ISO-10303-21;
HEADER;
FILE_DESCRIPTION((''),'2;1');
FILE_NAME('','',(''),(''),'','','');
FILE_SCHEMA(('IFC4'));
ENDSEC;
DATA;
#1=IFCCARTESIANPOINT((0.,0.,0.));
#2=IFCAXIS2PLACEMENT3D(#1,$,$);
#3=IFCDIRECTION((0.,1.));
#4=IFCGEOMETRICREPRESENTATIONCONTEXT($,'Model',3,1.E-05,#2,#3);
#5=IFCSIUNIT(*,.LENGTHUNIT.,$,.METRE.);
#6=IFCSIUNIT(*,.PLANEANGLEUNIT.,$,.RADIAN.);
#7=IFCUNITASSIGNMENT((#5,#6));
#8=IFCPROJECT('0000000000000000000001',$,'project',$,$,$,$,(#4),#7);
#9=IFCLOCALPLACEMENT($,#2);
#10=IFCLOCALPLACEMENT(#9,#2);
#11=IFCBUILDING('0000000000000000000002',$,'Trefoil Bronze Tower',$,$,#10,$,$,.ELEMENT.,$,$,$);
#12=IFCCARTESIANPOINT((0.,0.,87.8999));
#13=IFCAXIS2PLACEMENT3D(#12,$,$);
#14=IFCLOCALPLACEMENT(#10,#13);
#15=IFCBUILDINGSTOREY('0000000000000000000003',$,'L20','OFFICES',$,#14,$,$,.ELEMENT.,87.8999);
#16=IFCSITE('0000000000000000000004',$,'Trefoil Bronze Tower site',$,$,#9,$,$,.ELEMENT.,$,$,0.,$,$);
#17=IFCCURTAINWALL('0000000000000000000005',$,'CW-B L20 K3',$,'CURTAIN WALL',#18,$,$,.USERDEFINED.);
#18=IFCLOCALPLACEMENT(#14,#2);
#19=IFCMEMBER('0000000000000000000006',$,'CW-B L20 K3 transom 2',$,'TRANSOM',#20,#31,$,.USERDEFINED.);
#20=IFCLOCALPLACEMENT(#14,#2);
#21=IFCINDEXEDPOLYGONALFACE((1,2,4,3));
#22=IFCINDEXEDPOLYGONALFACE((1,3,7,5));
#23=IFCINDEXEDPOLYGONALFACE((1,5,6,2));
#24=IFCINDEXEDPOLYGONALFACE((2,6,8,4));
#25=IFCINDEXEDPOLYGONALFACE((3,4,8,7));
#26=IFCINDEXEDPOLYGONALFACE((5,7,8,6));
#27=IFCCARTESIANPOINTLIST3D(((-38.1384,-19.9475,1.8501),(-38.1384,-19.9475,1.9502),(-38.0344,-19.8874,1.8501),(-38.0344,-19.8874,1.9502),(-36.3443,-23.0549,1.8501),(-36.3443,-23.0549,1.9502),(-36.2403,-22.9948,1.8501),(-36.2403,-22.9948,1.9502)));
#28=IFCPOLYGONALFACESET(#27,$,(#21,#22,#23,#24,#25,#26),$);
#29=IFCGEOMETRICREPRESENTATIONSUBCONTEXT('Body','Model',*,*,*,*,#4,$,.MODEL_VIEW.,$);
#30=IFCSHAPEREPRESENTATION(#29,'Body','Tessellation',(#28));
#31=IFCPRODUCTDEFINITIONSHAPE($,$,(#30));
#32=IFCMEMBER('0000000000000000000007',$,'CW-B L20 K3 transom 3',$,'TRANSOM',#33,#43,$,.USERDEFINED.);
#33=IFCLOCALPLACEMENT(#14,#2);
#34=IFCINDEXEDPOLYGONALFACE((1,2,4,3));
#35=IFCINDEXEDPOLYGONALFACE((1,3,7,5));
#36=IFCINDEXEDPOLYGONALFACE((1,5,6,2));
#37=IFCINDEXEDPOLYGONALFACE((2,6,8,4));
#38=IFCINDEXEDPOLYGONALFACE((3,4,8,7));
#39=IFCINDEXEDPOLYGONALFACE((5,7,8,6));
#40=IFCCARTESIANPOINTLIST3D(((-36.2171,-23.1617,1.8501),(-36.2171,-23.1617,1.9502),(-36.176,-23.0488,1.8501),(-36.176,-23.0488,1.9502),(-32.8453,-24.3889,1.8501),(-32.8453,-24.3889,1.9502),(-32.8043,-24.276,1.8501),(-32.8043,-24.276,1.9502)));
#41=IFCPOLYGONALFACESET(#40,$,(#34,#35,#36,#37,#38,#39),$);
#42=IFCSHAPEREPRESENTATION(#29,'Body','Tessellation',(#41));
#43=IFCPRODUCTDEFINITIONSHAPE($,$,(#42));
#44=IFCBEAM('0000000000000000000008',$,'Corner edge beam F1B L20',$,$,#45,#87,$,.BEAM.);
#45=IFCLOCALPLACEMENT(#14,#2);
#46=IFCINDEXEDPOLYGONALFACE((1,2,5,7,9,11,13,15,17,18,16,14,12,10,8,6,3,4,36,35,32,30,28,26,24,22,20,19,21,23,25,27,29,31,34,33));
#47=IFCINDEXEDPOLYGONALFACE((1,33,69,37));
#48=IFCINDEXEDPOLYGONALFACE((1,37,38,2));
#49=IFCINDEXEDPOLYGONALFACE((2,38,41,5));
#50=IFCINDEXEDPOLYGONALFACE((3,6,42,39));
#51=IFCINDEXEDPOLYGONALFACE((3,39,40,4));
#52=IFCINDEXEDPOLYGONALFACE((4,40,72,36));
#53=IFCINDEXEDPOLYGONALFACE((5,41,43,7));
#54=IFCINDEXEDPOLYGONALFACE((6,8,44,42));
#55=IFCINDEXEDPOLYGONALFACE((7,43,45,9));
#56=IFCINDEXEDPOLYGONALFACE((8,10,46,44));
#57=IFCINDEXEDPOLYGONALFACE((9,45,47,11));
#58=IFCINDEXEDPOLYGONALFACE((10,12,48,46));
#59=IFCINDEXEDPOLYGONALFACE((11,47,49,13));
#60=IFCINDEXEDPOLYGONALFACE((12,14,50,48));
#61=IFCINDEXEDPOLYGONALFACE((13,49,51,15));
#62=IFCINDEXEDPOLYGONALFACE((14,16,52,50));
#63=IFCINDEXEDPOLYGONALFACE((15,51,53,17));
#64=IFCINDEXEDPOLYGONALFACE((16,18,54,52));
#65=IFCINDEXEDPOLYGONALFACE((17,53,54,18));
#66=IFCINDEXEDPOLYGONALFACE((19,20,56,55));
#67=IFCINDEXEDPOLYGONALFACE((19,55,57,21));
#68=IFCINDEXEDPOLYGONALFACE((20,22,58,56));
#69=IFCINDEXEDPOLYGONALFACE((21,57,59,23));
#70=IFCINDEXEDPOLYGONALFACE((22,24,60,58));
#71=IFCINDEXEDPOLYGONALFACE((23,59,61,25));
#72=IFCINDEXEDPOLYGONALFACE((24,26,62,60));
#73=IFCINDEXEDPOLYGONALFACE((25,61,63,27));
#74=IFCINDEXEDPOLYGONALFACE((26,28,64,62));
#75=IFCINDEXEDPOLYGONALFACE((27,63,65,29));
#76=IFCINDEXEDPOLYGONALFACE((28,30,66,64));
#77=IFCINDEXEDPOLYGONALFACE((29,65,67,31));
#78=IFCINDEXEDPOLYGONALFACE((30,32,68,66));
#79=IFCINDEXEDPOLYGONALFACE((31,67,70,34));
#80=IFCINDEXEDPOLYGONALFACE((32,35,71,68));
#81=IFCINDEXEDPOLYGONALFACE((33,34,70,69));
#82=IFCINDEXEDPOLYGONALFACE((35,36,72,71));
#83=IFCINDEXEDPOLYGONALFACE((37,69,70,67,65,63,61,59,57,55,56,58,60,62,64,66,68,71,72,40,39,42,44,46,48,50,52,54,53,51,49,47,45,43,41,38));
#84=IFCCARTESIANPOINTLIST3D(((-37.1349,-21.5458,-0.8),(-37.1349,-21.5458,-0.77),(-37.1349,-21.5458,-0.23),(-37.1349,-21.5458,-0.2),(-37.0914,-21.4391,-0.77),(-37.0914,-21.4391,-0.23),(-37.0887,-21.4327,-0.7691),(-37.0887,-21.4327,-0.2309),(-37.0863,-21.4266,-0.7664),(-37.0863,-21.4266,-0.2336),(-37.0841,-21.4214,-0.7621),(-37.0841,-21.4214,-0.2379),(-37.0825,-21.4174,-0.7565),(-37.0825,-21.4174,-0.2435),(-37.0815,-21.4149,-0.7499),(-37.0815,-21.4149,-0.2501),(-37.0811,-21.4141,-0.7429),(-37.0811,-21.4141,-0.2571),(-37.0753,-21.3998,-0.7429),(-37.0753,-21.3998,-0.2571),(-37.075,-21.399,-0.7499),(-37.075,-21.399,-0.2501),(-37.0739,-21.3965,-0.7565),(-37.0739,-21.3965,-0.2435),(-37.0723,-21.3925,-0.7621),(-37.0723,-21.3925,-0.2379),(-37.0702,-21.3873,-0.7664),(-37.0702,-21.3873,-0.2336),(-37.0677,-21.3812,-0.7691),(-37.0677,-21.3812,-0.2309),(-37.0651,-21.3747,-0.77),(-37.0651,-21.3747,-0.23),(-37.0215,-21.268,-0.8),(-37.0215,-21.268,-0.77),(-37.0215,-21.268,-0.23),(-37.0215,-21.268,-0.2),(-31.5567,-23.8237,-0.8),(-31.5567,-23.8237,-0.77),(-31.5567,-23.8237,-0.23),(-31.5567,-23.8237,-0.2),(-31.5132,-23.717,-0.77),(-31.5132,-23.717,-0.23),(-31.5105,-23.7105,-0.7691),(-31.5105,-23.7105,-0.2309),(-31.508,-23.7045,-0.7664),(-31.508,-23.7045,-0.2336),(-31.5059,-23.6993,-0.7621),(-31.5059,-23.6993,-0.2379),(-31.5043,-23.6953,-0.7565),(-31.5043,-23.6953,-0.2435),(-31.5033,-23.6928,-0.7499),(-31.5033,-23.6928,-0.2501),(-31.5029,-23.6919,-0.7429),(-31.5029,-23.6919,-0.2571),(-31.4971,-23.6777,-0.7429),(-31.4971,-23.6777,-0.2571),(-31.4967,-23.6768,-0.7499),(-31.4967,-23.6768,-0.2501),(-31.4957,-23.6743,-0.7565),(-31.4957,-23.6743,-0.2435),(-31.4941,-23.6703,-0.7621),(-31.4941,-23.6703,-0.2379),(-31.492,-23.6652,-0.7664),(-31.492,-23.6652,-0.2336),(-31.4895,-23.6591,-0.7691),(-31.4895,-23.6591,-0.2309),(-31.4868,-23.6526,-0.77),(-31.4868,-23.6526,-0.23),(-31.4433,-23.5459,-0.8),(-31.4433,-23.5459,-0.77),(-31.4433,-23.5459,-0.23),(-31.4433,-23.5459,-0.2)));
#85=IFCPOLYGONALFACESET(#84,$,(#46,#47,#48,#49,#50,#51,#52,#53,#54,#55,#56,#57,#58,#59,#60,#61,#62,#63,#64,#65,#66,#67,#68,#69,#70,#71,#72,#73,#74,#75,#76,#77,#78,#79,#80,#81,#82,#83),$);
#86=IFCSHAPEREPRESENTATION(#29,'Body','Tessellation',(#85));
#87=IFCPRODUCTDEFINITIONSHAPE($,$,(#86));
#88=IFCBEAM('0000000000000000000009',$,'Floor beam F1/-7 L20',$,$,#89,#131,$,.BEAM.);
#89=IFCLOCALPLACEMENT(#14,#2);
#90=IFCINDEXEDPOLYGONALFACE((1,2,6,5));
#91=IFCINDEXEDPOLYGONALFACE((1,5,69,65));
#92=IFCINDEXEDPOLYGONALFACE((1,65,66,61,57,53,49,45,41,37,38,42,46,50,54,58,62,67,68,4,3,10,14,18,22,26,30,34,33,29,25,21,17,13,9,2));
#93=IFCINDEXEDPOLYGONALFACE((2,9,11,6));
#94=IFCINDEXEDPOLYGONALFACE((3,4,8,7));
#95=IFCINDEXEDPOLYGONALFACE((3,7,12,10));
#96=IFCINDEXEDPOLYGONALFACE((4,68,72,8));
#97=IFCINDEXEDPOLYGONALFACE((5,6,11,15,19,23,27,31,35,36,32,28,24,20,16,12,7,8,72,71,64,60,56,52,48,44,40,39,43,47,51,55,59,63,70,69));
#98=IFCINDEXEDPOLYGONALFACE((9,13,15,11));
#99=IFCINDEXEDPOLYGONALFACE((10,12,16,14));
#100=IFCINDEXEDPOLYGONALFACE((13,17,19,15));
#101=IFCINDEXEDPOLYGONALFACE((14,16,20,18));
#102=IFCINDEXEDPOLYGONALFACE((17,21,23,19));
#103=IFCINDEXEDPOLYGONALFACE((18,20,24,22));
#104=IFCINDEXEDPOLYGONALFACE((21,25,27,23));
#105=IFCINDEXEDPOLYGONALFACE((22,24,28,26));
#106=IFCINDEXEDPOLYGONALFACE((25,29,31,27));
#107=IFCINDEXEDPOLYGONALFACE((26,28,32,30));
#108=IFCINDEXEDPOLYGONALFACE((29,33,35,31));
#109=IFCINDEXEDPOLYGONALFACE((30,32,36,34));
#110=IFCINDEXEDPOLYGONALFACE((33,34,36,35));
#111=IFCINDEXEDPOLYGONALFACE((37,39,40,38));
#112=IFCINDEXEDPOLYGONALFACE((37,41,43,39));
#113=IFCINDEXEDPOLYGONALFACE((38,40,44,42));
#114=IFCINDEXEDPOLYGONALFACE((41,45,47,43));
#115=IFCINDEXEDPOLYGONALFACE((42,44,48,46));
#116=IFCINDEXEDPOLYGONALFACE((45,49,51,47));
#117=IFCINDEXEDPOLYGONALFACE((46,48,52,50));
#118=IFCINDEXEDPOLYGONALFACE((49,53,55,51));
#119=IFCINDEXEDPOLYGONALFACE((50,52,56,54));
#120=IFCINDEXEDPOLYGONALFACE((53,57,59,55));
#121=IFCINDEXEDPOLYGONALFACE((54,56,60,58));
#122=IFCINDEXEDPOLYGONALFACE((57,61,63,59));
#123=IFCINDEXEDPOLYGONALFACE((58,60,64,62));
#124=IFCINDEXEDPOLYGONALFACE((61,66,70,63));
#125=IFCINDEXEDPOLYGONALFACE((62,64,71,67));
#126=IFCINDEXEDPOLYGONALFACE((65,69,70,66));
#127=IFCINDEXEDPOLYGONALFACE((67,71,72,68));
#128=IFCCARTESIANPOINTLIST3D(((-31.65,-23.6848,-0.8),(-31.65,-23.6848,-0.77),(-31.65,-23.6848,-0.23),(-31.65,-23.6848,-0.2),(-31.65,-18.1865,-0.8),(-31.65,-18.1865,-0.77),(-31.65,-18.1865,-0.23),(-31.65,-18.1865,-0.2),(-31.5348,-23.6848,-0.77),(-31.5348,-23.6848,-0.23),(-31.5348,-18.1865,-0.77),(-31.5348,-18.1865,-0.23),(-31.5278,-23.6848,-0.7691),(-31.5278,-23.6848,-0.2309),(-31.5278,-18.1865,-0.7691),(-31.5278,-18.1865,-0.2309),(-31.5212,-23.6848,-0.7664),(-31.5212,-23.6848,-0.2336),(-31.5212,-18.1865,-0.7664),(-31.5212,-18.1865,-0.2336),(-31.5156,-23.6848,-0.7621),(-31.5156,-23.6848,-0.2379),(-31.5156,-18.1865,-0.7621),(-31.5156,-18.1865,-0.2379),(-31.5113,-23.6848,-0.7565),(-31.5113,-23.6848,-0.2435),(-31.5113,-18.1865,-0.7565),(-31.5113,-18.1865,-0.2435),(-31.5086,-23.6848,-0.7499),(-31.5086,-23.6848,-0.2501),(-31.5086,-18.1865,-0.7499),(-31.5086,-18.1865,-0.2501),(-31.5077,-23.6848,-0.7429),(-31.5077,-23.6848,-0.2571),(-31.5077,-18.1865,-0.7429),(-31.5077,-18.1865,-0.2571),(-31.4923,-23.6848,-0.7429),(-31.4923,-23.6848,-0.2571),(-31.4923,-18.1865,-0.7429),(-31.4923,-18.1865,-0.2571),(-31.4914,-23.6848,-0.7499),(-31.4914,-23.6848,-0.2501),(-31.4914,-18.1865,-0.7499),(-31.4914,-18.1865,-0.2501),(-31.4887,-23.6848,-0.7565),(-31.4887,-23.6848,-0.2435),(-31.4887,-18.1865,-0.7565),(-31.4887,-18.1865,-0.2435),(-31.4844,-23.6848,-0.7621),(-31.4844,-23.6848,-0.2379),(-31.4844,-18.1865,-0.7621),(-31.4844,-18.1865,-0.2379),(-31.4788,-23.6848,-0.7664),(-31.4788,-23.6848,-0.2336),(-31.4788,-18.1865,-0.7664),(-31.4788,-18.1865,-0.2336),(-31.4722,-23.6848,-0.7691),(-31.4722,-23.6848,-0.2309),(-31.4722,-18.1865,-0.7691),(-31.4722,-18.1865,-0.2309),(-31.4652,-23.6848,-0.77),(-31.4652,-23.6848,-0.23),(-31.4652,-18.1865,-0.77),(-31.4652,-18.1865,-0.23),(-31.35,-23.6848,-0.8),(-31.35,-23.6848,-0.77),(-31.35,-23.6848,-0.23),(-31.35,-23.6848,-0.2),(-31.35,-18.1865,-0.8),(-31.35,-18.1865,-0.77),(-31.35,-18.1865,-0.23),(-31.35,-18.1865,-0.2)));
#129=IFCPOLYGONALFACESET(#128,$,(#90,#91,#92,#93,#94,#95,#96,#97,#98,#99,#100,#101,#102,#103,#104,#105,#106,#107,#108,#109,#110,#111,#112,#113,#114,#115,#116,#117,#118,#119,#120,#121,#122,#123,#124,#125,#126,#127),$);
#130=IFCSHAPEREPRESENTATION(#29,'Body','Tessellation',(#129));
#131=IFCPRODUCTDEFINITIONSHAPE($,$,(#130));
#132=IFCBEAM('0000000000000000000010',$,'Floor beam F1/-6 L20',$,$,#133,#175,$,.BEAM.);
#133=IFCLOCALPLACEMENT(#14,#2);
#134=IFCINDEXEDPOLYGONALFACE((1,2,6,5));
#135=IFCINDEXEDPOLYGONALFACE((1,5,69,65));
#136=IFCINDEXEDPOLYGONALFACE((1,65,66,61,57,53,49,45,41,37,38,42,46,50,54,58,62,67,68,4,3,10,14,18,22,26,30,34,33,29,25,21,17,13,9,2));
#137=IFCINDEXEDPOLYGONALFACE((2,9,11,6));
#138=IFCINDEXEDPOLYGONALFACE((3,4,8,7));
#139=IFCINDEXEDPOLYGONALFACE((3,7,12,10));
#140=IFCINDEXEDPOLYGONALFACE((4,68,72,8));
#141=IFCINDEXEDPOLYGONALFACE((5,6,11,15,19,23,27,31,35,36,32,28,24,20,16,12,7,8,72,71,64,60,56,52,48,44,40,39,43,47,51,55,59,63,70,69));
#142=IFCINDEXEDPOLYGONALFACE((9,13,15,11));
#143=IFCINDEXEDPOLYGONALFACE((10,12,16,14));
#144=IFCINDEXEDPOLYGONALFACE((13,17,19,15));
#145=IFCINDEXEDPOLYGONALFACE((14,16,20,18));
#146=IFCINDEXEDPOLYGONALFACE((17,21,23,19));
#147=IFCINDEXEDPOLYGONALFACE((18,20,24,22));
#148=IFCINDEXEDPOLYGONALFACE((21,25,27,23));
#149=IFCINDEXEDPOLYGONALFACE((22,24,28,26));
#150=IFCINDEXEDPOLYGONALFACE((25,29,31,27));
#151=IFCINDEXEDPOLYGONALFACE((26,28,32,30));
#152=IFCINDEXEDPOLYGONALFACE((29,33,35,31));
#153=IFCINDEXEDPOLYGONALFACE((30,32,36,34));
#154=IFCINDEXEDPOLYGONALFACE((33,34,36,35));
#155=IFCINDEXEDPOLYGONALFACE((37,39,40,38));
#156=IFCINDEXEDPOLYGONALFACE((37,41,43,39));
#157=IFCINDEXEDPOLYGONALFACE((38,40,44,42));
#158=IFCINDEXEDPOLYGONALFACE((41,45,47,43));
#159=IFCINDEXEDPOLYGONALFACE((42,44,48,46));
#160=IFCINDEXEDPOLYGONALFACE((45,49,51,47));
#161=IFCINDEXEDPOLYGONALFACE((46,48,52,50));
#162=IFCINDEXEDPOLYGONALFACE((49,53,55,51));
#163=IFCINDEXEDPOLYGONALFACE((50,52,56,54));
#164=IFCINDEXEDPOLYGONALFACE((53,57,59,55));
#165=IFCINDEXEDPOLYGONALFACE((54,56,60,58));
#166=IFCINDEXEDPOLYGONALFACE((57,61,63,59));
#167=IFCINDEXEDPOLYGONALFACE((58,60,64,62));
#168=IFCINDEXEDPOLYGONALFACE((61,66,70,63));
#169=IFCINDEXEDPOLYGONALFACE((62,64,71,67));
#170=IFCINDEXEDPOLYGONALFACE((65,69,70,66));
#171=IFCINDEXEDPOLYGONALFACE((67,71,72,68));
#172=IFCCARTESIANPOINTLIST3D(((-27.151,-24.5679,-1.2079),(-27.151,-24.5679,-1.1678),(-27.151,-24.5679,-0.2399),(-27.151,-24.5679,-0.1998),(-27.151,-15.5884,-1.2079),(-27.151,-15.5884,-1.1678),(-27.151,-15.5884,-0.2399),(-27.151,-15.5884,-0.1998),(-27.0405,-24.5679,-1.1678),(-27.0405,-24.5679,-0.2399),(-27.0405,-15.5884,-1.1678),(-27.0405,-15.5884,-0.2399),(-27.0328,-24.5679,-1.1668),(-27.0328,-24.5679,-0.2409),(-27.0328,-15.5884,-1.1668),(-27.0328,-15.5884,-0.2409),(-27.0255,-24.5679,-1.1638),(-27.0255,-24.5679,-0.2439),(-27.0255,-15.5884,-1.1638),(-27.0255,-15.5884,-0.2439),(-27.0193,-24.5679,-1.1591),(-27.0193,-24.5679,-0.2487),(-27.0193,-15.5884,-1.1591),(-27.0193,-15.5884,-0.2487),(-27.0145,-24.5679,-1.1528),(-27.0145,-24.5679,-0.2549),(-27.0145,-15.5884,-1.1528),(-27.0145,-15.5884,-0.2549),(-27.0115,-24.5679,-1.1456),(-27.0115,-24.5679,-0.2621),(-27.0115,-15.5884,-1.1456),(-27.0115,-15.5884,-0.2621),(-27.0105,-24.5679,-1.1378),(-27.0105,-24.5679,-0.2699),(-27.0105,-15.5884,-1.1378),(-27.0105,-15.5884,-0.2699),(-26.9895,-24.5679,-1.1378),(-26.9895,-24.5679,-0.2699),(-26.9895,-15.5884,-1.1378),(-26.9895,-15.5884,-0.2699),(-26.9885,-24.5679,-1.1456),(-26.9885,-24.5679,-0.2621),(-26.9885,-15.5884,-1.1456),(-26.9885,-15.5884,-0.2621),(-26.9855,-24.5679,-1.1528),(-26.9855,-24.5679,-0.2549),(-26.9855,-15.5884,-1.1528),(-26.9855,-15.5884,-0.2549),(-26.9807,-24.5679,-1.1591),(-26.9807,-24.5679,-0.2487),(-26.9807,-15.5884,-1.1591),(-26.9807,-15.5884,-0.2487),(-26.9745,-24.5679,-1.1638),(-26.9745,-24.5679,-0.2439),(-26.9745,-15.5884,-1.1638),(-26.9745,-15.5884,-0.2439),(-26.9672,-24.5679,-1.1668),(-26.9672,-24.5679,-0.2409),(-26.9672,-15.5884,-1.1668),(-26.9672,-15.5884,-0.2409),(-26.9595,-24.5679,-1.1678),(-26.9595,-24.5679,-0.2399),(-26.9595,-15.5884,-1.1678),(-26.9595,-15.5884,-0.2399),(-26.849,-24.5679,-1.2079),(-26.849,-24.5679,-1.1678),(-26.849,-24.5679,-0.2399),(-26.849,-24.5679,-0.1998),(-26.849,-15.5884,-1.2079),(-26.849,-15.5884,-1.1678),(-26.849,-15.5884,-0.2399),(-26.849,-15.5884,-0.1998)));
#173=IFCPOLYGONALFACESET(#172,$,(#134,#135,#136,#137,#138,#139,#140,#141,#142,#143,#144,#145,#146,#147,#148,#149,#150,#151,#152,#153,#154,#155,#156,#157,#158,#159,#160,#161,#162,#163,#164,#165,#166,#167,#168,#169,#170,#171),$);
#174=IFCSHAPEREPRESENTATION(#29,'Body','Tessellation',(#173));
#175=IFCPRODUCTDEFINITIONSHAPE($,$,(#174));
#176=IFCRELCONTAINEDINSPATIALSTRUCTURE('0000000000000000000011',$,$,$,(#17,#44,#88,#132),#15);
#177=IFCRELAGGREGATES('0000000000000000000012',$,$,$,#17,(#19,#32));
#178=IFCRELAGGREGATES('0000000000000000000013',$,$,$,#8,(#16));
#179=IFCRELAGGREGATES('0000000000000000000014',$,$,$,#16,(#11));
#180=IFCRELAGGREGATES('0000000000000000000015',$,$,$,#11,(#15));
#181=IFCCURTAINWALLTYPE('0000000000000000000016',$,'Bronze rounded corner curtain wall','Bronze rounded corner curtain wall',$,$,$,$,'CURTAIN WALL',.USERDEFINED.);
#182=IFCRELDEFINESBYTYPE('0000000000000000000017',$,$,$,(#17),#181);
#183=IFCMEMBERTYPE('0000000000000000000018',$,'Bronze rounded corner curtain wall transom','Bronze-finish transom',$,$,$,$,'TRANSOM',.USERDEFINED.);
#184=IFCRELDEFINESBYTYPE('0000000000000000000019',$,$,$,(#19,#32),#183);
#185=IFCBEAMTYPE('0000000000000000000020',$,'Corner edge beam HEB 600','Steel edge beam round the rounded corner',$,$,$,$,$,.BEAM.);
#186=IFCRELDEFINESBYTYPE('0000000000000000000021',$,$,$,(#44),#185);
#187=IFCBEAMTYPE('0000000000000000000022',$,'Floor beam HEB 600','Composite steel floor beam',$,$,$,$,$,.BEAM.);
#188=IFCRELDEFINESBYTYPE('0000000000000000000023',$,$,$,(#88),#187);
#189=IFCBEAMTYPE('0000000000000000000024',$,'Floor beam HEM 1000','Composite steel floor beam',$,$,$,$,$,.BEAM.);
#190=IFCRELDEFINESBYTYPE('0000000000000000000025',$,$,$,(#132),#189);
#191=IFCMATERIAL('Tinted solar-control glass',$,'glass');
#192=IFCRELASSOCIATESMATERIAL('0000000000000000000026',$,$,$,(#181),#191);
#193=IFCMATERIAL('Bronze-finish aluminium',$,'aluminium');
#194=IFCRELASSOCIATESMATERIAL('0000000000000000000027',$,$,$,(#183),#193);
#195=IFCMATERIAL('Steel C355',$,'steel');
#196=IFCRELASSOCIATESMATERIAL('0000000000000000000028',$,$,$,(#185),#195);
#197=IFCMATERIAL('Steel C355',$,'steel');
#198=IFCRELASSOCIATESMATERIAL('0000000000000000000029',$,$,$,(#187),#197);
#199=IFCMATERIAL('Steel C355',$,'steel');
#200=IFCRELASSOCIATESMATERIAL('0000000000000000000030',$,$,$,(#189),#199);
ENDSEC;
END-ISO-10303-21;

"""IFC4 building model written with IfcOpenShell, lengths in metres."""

from ifc_helpers import new_model, si_unit, direction, frame, origin, origin_2d, place, context, subcontext, project, spatial, rectangle, i_section, extrude, material, material_profile, profile_set, type_object, element, aggregate, save


model = new_model("IFC4")

# Units and contexts
model_context = context("Model", 3, precision=1e-05, world=origin(), true_north=direction((0.0, 1.0)))
body_context = subcontext(model_context, "Body", "Model", "MODEL_VIEW")
ifc_project = project(units=[si_unit("LENGTHUNIT", "METRE"), si_unit("PLANEANGLEUNIT", "RADIAN")], contexts=[model_context])

# Site, building, storey
site_placement = place(None, origin())
site = spatial("IfcSite", under=ifc_project, at=site_placement, Name="Trefoil Bronze Tower site", CompositionType="ELEMENT", RefElevation=0.0)
building_placement = place(site_placement, origin())
building = spatial("IfcBuilding", under=site, at=building_placement, Name="Trefoil Bronze Tower", CompositionType="ELEMENT")
storey_placement = place(building_placement, frame((0.0, 0.0, 87.8999)))
storey = spatial("IfcBuildingStorey", under=building, at=storey_placement, Name="L20", Description="OFFICES", CompositionType="ELEMENT", Elevation=87.8999)

# Curtain wall, members
ifc_material_1 = material(Name="Tinted solar-control glass", Category="glass")
curtain_wall_type_1 = type_object("IfcCurtainWallType", Name="Bronze rounded corner curtain wall", Description="Bronze rounded corner curtain wall", ElementType="CURTAIN WALL", PredefinedType="USERDEFINED", material=ifc_material_1)
curtain_wall_1_placement = place(storey_placement, origin())
curtain_wall_1 = element("IfcCurtainWall", 1, at=curtain_wall_1_placement, inside=storey, type_object=curtain_wall_type_1, Name="CW-B L20 K3", ObjectType="CURTAIN WALL", PredefinedType="USERDEFINED")
ifc_material_2 = material(Name="Bronze-finish aluminium", Category="aluminium")
ifc_material_profile_1 = material_profile(ifc_material_2, rectangle(XDim=0.1201, YDim=0.1001, at=origin_2d()), Name="CW-B transom")
ifc_profile_set_1 = profile_set([ifc_material_profile_1], Name="Bronze-finish aluminium")
member_type_1 = type_object("IfcMemberType", Name="Bronze rounded corner curtain wall transom", Description="Bronze-finish transom", ElementType="TRANSOM", PredefinedType="USERDEFINED", material=ifc_profile_set_1)
member_1_placement = place(storey_placement, frame((-38.0864, -19.9175, 1.9001), z_axis=(0.500025, -0.866011, 0.0), x_axis=(0.866011, 0.500025, 0.0)))
member_1 = element("IfcMember", 2, at=member_1_placement, type_object=member_type_1, Name="CW-B L20 K3 transom 2", ObjectType="TRANSOM", PredefinedType="USERDEFINED", context=body_context, shape_type="SweptSolid", body=[
    extrude(rectangle(XDim=0.1201, YDim=0.1001, at=origin_2d()), origin(), (0.0, 0.0, 1.0), 3.5881),
])
member_2_placement = place(storey_placement, frame((-36.1965, -23.1052, 1.9001), z_axis=(0.939688, -0.342033, 0.0), x_axis=(0.342033, 0.939688, 0.0)))
member_2 = element("IfcMember", 3, at=member_2_placement, type_object=member_type_1, Name="CW-B L20 K3 transom 3", ObjectType="TRANSOM", PredefinedType="USERDEFINED", context=body_context, shape_type="SweptSolid", body=[
    extrude(rectangle(XDim=0.1201, YDim=0.1001, at=origin_2d()), origin(), (0.0, 0.0, 1.0), 3.5881),
])

# Beams
ifc_material_3 = material(Name="Steel C355", Category="steel")
ifc_material_profile_2 = material_profile(ifc_material_3, i_section(OverallWidth=0.3, OverallDepth=0.6001, WebThickness=0.0154, FlangeThickness=0.03, FilletRadius=0.0271, at=origin_2d()), Name="HEB 600")
ifc_profile_set_2 = profile_set([ifc_material_profile_2], Name="Steel C355")
beam_type_1 = type_object("IfcBeamType", Name="Corner edge beam HEB 600", Description="Steel edge beam round the rounded corner", PredefinedType="BEAM", material=ifc_profile_set_2)
beam_1_placement = place(storey_placement, frame((-31.5, -23.6848, -0.5), z_axis=(-0.925787, 0.378046, 0.0), x_axis=(-0.378046, -0.925787, 0.0)))
element("IfcBeam", 4, at=beam_1_placement, inside=storey, type_object=beam_type_1, Name="Corner edge beam F1B L20", PredefinedType="BEAM", context=body_context, shape_type="SweptSolid", body=[
    extrude(i_section(OverallWidth=0.3, OverallDepth=0.6001, WebThickness=0.0154, FlangeThickness=0.03, FilletRadius=0.0271, at=origin_2d()), origin(), (0.0, 0.0, 1.0), 6.0254),
])
ifc_material_4 = material(Name="Steel C355", Category="steel")
ifc_material_profile_3 = material_profile(ifc_material_4, i_section(OverallWidth=0.3, OverallDepth=0.6001, WebThickness=0.0154, FlangeThickness=0.03, FilletRadius=0.0271, at=origin_2d()), Name="HEB 600")
ifc_profile_set_3 = profile_set([ifc_material_profile_3], Name="Steel C355")
beam_type_2 = type_object("IfcBeamType", Name="Floor beam HEB 600", Description="Composite steel floor beam", PredefinedType="BEAM", material=ifc_profile_set_3)
beam_2_placement = place(storey_placement, frame((-31.5, -23.6848, -0.5), z_axis=(0.0, 1.0, 0.0), x_axis=(-1.0, 0.0, 0.0)))
element("IfcBeam", 5, at=beam_2_placement, inside=storey, type_object=beam_type_2, Name="Floor beam F1/-7 L20", PredefinedType="BEAM", context=body_context, shape_type="SweptSolid", body=[
    extrude(i_section(OverallWidth=0.3, OverallDepth=0.6001, WebThickness=0.0154, FlangeThickness=0.03, FilletRadius=0.0271, at=origin_2d()), origin(), (0.0, 0.0, 1.0), 5.4983),
])
ifc_material_5 = material(Name="Steel C355", Category="steel")
ifc_material_profile_4 = material_profile(ifc_material_5, i_section(OverallWidth=0.302, OverallDepth=1.0081, WebThickness=0.021, FlangeThickness=0.04, FilletRadius=0.03, at=origin_2d()), Name="HEM 1000")
ifc_profile_set_4 = profile_set([ifc_material_profile_4], Name="Steel C355")
beam_type_3 = type_object("IfcBeamType", Name="Floor beam HEM 1000", Description="Composite steel floor beam", PredefinedType="BEAM", material=ifc_profile_set_4)
beam_3_placement = place(storey_placement, frame((-27.0, -24.5679, -0.7039), z_axis=(0.0, 1.0, 0.0), x_axis=(-1.0, 0.0, 0.0)))
element("IfcBeam", 6, at=beam_3_placement, inside=storey, type_object=beam_type_3, Name="Floor beam F1/-6 L20", PredefinedType="BEAM", context=body_context, shape_type="SweptSolid", body=[
    extrude(i_section(OverallWidth=0.302, OverallDepth=1.0081, WebThickness=0.021, FlangeThickness=0.04, FilletRadius=0.03, at=origin_2d()), origin(), (0.0, 0.0, 1.0), 8.9795),
])

aggregate(curtain_wall_1, [member_1, member_2])

save(model, "model.ifc")
